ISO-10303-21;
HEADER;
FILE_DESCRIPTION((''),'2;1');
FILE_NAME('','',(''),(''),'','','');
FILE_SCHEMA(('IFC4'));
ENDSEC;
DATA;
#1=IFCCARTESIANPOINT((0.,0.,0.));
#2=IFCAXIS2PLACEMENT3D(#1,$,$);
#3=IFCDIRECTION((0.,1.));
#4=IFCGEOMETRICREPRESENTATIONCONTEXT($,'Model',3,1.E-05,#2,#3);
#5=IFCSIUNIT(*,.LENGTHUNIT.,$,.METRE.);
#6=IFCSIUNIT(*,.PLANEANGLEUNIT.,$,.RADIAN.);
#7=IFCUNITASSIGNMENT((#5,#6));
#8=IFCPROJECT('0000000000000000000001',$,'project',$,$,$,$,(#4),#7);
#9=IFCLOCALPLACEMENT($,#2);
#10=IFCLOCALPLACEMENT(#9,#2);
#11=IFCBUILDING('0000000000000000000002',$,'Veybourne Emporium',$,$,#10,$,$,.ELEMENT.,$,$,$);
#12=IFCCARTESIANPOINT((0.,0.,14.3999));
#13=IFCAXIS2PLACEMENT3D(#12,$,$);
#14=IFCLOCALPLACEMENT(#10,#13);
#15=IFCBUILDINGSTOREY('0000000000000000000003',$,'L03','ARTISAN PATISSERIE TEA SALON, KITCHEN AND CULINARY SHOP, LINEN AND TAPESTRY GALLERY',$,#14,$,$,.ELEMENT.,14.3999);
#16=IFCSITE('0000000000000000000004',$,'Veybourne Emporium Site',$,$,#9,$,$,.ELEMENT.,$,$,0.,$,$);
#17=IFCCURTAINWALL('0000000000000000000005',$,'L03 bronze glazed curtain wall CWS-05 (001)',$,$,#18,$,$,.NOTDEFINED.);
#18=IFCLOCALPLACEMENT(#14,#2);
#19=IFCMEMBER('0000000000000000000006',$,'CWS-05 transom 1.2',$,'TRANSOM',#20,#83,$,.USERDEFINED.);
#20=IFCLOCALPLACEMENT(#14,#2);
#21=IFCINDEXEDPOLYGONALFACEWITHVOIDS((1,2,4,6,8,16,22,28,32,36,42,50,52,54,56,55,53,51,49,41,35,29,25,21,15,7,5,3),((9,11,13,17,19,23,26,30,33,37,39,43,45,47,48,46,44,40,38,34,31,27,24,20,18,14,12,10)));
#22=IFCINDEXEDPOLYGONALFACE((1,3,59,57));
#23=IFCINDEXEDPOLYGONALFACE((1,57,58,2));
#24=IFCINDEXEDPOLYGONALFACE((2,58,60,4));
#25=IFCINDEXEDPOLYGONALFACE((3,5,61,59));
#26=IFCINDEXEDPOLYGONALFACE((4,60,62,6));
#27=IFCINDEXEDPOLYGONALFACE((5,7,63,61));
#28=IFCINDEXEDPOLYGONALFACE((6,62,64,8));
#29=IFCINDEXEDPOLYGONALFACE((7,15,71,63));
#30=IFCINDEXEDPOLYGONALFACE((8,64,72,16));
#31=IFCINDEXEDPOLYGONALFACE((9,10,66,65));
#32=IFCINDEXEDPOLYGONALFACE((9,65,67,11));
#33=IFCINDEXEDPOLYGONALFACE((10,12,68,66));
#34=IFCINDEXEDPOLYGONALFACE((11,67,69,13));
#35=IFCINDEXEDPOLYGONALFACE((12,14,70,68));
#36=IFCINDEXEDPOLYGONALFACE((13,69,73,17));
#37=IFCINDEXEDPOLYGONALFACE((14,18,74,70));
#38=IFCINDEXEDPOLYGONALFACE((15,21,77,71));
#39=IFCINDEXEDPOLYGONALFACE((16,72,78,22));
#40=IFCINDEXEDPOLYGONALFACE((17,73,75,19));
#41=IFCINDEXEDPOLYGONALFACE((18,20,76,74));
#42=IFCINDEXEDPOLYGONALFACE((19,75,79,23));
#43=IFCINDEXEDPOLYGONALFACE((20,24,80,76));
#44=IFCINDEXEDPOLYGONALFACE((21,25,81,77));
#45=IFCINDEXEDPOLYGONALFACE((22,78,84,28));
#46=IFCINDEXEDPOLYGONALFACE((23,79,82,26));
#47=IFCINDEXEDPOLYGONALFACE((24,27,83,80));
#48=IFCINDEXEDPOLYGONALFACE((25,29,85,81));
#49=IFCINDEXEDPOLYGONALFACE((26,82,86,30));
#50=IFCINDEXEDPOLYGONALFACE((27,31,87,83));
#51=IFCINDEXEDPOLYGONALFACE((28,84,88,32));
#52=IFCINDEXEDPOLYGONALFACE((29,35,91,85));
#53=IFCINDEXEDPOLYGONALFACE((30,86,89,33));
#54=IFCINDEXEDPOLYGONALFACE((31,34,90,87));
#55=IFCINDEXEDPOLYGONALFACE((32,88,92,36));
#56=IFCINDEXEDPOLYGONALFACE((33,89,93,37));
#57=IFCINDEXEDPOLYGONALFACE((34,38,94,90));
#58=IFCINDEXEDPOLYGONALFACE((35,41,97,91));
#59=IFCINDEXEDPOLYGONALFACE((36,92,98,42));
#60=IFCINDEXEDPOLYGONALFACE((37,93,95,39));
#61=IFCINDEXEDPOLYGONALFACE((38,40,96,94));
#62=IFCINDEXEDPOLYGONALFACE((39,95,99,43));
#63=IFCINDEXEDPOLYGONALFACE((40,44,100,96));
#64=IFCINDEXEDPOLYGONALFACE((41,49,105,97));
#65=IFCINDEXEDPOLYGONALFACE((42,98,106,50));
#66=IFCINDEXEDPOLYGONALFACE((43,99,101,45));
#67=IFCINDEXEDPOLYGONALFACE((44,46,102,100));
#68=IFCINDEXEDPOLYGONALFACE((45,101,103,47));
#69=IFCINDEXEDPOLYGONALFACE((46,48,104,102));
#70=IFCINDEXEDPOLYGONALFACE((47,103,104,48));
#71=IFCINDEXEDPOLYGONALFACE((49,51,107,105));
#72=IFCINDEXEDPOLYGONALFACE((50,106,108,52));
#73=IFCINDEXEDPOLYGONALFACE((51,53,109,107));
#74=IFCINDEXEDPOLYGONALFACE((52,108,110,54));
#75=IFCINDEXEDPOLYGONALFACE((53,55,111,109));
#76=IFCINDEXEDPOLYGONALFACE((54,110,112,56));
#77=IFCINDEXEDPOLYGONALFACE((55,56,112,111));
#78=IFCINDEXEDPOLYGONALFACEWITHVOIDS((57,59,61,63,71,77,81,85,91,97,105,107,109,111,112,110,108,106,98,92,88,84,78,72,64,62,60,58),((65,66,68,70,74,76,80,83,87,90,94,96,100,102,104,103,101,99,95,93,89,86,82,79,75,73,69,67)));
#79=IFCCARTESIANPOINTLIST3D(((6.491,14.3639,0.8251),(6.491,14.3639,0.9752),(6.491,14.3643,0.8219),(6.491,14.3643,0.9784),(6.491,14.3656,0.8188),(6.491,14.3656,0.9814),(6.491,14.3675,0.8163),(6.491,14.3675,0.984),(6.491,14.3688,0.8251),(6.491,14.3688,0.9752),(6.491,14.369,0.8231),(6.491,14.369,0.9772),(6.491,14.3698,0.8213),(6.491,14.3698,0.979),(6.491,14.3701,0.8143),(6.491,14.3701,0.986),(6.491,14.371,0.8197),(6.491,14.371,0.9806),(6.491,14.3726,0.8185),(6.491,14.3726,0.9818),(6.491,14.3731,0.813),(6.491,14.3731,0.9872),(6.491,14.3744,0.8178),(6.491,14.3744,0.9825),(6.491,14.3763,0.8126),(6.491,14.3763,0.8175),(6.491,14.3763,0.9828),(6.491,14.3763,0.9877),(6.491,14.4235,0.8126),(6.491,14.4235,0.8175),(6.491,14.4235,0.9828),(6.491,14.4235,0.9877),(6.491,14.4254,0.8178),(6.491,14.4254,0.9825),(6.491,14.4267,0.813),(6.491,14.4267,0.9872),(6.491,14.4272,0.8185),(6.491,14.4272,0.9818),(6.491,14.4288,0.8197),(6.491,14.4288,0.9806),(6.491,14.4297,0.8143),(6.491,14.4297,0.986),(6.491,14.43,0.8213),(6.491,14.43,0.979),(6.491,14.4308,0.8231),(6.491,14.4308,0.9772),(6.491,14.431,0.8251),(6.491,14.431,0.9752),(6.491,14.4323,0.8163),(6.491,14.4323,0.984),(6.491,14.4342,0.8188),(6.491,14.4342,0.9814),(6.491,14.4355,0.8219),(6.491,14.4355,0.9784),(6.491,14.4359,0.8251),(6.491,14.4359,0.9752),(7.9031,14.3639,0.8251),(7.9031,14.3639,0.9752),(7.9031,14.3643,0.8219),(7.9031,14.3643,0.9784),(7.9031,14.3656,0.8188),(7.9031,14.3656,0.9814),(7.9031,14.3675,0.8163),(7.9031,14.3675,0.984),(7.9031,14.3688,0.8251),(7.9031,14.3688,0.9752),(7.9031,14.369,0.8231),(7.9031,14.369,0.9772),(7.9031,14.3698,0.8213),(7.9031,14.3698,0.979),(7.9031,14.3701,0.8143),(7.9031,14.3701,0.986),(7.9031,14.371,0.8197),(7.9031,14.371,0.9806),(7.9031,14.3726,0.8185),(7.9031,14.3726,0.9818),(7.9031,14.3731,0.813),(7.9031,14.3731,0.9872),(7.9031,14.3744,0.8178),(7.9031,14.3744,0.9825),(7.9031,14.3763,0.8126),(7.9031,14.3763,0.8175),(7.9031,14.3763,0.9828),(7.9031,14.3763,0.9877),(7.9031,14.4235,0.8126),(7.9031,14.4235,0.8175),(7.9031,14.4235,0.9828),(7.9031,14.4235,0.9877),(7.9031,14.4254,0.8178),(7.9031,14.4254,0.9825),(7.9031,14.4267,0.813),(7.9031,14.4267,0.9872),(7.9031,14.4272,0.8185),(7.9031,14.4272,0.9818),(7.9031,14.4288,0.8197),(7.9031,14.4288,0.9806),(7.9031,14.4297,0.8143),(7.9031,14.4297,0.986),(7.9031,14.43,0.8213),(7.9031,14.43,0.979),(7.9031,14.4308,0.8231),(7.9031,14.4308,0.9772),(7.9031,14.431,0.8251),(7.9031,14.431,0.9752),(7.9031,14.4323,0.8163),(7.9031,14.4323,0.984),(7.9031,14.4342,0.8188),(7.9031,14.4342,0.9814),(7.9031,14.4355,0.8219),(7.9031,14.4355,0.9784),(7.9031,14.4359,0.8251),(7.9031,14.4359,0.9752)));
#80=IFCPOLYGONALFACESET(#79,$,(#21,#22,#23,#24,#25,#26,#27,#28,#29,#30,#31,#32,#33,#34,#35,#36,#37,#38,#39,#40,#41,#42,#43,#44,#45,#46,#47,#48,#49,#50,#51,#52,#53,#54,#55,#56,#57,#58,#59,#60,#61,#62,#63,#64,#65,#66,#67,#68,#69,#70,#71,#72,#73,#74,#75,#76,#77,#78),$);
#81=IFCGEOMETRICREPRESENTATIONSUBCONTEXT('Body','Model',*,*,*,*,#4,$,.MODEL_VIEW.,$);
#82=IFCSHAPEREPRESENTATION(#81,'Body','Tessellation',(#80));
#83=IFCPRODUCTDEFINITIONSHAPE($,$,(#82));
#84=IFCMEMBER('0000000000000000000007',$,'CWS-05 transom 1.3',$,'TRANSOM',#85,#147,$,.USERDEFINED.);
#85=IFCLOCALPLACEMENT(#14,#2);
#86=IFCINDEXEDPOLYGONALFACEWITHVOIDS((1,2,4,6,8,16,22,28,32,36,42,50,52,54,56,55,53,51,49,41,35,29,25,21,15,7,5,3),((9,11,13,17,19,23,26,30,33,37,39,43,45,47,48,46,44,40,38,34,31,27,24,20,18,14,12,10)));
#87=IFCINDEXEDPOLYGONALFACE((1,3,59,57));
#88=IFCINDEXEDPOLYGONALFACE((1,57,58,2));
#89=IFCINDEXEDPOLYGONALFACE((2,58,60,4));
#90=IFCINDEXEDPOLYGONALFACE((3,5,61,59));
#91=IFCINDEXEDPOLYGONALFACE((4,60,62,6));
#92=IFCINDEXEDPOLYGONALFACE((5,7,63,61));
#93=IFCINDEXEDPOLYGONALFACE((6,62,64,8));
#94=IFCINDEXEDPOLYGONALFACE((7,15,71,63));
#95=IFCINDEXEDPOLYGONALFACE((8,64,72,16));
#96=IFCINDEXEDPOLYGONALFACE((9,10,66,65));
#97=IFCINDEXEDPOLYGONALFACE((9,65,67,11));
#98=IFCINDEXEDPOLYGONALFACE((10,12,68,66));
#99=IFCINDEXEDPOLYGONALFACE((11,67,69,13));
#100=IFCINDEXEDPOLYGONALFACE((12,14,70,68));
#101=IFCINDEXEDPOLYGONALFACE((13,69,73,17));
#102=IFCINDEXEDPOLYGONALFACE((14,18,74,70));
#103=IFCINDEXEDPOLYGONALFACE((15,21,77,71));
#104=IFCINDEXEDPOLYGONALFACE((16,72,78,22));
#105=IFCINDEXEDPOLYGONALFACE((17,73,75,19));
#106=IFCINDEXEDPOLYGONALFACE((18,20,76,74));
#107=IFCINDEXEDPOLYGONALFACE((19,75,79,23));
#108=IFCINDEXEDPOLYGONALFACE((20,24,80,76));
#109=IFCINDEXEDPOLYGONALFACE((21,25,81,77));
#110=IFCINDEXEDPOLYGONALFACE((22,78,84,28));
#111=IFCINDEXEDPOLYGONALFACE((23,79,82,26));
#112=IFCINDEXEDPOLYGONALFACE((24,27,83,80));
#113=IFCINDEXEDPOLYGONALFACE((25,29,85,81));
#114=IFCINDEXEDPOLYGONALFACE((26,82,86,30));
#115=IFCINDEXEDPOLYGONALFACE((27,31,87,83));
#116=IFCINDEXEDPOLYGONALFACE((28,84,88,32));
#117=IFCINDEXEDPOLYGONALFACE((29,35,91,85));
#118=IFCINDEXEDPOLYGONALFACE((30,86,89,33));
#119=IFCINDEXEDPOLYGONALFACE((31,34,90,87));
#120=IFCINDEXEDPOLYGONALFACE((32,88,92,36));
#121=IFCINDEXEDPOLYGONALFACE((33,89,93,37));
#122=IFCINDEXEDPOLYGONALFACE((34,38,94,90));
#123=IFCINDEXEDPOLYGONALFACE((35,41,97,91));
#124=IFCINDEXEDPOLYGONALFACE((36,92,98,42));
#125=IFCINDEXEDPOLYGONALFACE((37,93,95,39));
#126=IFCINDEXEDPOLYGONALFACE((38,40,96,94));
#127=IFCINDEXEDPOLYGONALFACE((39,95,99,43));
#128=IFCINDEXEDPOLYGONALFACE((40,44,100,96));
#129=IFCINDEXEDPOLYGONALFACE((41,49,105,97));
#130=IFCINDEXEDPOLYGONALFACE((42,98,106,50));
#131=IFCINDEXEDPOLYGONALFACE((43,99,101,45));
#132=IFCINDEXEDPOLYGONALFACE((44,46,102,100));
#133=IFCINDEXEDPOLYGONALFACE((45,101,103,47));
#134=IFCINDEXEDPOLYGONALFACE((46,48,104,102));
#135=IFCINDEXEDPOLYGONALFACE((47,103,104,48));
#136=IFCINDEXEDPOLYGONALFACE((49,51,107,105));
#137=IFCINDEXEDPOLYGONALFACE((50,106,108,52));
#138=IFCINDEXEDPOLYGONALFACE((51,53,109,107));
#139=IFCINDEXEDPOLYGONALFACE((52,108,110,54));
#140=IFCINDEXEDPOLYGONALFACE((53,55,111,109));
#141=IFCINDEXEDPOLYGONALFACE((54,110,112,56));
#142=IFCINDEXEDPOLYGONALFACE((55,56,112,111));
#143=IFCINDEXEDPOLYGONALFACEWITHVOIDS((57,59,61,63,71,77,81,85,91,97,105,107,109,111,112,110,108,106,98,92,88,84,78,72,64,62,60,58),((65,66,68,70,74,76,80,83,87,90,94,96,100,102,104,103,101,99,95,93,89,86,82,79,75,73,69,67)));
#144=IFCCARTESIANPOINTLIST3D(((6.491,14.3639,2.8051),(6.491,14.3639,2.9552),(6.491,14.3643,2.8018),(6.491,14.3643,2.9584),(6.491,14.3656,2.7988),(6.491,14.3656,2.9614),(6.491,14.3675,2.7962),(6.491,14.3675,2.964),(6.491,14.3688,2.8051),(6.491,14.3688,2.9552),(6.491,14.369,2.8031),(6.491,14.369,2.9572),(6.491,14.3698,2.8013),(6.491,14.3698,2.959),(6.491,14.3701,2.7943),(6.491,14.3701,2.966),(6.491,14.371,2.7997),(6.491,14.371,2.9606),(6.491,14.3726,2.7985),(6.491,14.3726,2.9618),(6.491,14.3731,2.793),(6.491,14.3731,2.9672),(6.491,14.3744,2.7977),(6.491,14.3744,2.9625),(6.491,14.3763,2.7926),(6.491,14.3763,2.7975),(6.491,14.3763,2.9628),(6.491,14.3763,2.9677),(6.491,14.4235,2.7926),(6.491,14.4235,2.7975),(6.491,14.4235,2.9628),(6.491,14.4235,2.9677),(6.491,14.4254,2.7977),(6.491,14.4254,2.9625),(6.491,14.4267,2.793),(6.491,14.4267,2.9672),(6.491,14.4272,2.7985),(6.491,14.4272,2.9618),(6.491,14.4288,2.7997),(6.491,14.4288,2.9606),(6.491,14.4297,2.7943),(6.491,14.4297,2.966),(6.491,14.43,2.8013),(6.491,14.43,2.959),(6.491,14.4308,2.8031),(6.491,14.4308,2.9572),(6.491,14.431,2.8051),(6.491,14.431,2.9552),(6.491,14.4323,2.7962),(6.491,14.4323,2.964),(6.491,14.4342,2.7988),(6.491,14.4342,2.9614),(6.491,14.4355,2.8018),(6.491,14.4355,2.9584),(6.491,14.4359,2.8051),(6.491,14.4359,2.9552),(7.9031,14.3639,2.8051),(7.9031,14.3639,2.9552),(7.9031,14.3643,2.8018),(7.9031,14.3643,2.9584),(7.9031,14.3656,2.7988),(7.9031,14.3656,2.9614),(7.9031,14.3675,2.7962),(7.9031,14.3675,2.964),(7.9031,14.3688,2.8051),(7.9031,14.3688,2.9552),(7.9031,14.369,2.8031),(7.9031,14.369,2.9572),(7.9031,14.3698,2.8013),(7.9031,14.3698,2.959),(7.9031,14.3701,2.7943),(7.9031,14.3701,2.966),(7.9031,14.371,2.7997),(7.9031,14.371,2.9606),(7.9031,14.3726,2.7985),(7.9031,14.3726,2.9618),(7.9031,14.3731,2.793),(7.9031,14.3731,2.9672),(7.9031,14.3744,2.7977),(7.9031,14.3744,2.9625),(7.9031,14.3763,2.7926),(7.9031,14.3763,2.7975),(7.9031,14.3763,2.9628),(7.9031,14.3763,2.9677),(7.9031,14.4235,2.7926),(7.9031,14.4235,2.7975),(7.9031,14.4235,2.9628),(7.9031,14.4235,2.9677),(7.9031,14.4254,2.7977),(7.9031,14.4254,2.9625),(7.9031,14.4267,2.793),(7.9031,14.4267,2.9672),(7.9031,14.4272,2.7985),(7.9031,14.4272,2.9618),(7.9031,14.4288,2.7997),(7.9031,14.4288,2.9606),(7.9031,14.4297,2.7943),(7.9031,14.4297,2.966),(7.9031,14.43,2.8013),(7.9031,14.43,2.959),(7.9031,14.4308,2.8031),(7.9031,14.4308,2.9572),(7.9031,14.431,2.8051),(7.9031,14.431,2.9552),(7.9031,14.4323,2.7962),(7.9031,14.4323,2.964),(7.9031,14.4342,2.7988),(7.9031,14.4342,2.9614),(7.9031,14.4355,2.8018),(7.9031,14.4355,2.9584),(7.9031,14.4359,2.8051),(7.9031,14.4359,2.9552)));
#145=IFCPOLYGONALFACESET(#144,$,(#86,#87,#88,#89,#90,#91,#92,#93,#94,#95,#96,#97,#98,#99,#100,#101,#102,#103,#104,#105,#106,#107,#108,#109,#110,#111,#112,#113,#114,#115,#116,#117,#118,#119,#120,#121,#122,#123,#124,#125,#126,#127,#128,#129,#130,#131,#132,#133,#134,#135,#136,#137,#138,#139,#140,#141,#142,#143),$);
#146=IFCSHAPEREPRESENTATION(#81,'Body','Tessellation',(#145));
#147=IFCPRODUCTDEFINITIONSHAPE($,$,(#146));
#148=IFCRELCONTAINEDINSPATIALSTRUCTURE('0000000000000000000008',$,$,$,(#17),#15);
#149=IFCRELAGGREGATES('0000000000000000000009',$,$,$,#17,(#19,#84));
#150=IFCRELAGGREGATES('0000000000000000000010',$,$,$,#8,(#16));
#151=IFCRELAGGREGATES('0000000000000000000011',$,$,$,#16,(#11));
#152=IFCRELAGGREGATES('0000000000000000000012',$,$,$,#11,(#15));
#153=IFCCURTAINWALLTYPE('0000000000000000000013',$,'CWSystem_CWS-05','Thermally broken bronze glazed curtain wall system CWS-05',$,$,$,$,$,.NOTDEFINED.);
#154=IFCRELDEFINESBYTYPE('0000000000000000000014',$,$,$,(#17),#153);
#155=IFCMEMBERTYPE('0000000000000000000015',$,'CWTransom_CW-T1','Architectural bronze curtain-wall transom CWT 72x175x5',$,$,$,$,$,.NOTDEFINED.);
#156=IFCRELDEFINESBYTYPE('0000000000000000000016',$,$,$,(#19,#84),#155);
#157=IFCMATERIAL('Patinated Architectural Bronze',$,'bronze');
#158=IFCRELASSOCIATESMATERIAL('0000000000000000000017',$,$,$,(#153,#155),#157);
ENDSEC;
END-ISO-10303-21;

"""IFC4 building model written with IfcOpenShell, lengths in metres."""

from ifc_helpers import new_model, si_unit, direction, frame, origin, origin_2d, place, context, subcontext, project, spatial, hollow_rectangle, extrude, material, material_profile, profile_set, type_object, element, aggregate, save


model = new_model("IFC4")

# Units and contexts
model_context = context("Model", 3, precision=1e-05, world=origin(), true_north=direction((0.0, 1.0)))
body_context = subcontext(model_context, "Body", "Model", "MODEL_VIEW")
ifc_project = project(units=[si_unit("LENGTHUNIT", "METRE"), si_unit("PLANEANGLEUNIT", "RADIAN")], contexts=[model_context])

# Site, building, storey
site_placement = place(None, origin())
site = spatial("IfcSite", under=ifc_project, at=site_placement, Name="Veybourne Emporium Site", CompositionType="ELEMENT", RefElevation=0.0)
building_placement = place(site_placement, origin())
building = spatial("IfcBuilding", under=site, at=building_placement, Name="Veybourne Emporium", CompositionType="ELEMENT")
storey_placement = place(building_placement, frame((0.0, 0.0, 14.3999)))
storey = spatial("IfcBuildingStorey", under=building, at=storey_placement, Name="L03", Description="ARTISAN PATISSERIE TEA SALON, KITCHEN AND CULINARY SHOP, LINEN AND TAPESTRY GALLERY", CompositionType="ELEMENT", Elevation=14.3999)

# Curtain wall, members
ifc_material_1 = material(Name="Patinated Architectural Bronze", Category="bronze")
curtain_wall_type = type_object("IfcCurtainWallType", Name="CWSystem_CWS-05", Description="Thermally broken bronze glazed curtain wall system CWS-05", PredefinedType="NOTDEFINED", material=ifc_material_1)
curtain_wall_placement = place(storey_placement, origin())
curtain_wall = element("IfcCurtainWall", 1, at=curtain_wall_placement, inside=storey, type_object=curtain_wall_type, Name="L03 bronze glazed curtain wall CWS-05 (001)", PredefinedType="NOTDEFINED")
ifc_material_profile_1 = material_profile(ifc_material_1, hollow_rectangle(XDim=0.072, YDim=0.175, WallThickness=0.0049, InnerFilletRadius=0.0076, OuterFilletRadius=0.0125, at=origin_2d()), Name="CWT 72x175x5")
ifc_profile_set_1 = profile_set([ifc_material_profile_1], Name="Patinated Architectural Bronze")
member_type_1 = type_object("IfcMemberType", Name="CWTransom_CW-T1", Description="Architectural bronze curtain-wall transom CWT 72x175x5", PredefinedType="NOTDEFINED", material=ifc_profile_set_1)
member_1_placement = place(storey_placement, frame((7.9031, 14.3999, 0.9001), z_axis=(-1.0, 0.0, 0.0), x_axis=(0.0, -1.0, 0.0)))
member_1 = element("IfcMember", 2, at=member_1_placement, type_object=member_type_1, Name="CWS-05 transom 1.2", ObjectType="TRANSOM", PredefinedType="USERDEFINED", context=body_context, shape_type="SweptSolid", body=[
    extrude(hollow_rectangle(XDim=0.072, YDim=0.175, WallThickness=0.0049, InnerFilletRadius=0.0076, OuterFilletRadius=0.0125, at=origin_2d()), origin(), (0.0, 0.0, 1.0), 1.4121),
])
member_2_placement = place(storey_placement, frame((7.9031, 14.3999, 2.8801), z_axis=(-1.0, 0.0, 0.0), x_axis=(0.0, -1.0, 0.0)))
member_2 = element("IfcMember", 3, at=member_2_placement, type_object=member_type_1, Name="CWS-05 transom 1.3", ObjectType="TRANSOM", PredefinedType="USERDEFINED", context=body_context, shape_type="SweptSolid", body=[
    extrude(hollow_rectangle(XDim=0.072, YDim=0.175, WallThickness=0.0049, InnerFilletRadius=0.0076, OuterFilletRadius=0.0125, at=origin_2d()), origin(), (0.0, 0.0, 1.0), 1.4121),
])

aggregate(curtain_wall, [member_1, member_2])

save(model, "model.ifc")
